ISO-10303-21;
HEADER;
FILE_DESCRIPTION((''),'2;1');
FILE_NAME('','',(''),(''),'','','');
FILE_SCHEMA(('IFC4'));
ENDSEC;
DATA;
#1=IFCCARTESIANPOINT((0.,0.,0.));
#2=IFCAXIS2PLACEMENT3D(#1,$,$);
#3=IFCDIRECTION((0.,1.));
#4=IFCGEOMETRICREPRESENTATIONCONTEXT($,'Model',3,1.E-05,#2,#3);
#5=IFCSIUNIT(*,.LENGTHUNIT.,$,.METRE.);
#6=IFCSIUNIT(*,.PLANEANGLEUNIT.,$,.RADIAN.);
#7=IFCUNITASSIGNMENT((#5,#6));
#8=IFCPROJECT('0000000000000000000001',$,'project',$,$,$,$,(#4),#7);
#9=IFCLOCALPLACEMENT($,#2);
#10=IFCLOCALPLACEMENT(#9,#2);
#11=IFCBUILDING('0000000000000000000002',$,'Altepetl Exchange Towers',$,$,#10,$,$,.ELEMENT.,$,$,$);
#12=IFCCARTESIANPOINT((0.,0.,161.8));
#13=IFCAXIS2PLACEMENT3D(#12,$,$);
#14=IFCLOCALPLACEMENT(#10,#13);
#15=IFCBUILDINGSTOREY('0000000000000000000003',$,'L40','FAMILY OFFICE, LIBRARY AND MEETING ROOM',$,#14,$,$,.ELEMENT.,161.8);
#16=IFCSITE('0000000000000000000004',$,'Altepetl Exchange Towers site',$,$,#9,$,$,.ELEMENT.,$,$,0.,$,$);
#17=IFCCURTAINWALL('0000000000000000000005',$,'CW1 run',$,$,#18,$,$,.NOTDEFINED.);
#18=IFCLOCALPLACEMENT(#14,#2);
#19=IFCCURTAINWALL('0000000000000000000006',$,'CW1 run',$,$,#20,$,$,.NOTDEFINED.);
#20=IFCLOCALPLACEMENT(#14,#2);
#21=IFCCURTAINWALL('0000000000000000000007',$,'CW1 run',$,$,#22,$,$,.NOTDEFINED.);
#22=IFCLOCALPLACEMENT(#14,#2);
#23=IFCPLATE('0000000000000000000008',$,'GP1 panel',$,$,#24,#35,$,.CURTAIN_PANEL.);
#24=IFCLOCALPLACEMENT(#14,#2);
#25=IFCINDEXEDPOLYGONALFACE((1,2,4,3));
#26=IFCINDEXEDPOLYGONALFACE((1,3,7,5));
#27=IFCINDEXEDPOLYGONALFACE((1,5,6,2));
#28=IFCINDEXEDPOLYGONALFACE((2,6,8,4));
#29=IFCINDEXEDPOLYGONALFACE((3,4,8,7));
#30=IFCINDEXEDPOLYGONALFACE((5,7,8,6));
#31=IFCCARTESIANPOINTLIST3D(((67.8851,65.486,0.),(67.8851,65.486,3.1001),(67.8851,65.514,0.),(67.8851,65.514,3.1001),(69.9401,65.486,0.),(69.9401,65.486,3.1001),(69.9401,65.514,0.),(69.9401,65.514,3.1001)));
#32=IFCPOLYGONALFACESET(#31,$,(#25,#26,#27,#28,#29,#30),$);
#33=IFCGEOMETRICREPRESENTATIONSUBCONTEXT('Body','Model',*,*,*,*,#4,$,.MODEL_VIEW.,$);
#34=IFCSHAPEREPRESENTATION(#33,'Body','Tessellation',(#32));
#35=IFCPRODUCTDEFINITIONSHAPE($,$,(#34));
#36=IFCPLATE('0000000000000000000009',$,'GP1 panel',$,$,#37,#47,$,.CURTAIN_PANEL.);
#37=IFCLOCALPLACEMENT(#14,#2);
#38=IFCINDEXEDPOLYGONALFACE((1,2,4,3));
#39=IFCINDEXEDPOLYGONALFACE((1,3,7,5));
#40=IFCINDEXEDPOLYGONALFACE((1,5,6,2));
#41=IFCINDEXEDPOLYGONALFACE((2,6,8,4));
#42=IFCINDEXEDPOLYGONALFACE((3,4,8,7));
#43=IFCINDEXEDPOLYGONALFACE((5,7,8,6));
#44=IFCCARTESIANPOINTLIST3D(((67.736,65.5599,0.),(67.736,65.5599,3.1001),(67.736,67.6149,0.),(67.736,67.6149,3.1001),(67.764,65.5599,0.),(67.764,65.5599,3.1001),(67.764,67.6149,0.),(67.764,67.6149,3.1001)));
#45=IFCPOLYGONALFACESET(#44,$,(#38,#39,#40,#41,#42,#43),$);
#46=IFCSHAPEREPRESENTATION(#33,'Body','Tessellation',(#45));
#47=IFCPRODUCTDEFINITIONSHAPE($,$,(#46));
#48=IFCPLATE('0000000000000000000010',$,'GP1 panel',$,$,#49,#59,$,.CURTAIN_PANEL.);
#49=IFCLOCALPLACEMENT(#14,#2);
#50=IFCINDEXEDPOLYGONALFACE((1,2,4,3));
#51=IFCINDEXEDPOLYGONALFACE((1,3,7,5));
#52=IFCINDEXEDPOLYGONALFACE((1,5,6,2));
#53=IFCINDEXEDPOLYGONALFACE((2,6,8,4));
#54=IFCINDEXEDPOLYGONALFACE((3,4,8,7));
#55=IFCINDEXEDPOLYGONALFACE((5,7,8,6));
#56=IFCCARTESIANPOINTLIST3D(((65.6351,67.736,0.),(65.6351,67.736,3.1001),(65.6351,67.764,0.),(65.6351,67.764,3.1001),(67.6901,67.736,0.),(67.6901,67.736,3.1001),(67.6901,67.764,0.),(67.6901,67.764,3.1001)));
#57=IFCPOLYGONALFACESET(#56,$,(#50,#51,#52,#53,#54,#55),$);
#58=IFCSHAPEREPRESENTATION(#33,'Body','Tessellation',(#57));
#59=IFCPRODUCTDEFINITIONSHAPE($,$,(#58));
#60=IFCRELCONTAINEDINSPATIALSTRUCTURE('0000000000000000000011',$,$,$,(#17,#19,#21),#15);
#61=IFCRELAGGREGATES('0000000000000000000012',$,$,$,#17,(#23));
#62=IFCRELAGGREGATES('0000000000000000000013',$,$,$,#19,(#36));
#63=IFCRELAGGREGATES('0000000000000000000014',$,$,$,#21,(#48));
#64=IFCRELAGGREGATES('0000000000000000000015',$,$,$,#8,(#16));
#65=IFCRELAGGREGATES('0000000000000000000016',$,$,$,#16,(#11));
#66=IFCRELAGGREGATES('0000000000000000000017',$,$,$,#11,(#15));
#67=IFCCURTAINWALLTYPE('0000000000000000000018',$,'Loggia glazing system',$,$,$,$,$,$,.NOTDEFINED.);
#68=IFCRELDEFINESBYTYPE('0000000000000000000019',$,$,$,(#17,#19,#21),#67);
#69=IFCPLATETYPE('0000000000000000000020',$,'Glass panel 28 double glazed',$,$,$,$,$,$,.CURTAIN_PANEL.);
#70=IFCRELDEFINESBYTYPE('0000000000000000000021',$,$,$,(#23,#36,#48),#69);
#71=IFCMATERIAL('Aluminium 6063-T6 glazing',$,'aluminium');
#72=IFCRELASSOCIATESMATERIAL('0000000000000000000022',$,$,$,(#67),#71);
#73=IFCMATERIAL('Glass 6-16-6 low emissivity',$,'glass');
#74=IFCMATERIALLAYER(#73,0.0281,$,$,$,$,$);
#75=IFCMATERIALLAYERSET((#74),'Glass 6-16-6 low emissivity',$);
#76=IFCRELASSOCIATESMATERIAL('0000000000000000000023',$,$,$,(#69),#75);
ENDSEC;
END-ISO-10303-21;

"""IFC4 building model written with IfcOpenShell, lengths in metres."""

from ifc_helpers import new_model, si_unit, direction, frame, origin, origin_2d, place, context, subcontext, project, spatial, rectangle, extrude, material, layer, layer_set, type_object, element, aggregate, save


model = new_model("IFC4")

# Units and contexts
model_context = context("Model", 3, precision=1e-05, world=origin(), true_north=direction((0.0, 1.0)))
body_context = subcontext(model_context, "Body", "Model", "MODEL_VIEW")
ifc_project = project(units=[si_unit("LENGTHUNIT", "METRE"), si_unit("PLANEANGLEUNIT", "RADIAN")], contexts=[model_context])

# Site, building, storey
site_placement = place(None, origin())
site = spatial("IfcSite", under=ifc_project, at=site_placement, Name="Altepetl Exchange Towers site", CompositionType="ELEMENT", RefElevation=0.0)
building_placement = place(site_placement, origin())
building = spatial("IfcBuilding", under=site, at=building_placement, Name="Altepetl Exchange Towers", CompositionType="ELEMENT")
storey_placement = place(building_placement, frame((0.0, 0.0, 161.8)))
storey = spatial("IfcBuildingStorey", under=building, at=storey_placement, Name="L40", Description="FAMILY OFFICE, LIBRARY AND MEETING ROOM", CompositionType="ELEMENT", Elevation=161.8)

# Curtain walls
ifc_material_1 = material(Name="Aluminium 6063-T6 glazing", Category="aluminium")
curtain_wall_type = type_object("IfcCurtainWallType", Name="Loggia glazing system", PredefinedType="NOTDEFINED", material=ifc_material_1)
curtain_wall_1_placement = place(storey_placement, origin())
curtain_wall_1 = element("IfcCurtainWall", 1, at=curtain_wall_1_placement, inside=storey, type_object=curtain_wall_type, Name="CW1 run", PredefinedType="NOTDEFINED")
curtain_wall_2_placement = place(storey_placement, origin())
curtain_wall_2 = element("IfcCurtainWall", 2, at=curtain_wall_2_placement, inside=storey, type_object=curtain_wall_type, Name="CW1 run", PredefinedType="NOTDEFINED")

# Curtain wall
curtain_wall_3_placement = place(storey_placement, origin())
curtain_wall_3 = element("IfcCurtainWall", 3, at=curtain_wall_3_placement, inside=storey, type_object=curtain_wall_type, Name="CW1 run", PredefinedType="NOTDEFINED")

# Plates
ifc_material_2 = material(Name="Glass 6-16-6 low emissivity", Category="glass")
ifc_layer = layer(ifc_material_2, 0.0281)
ifc_layer_set = layer_set([ifc_layer], Name="Glass 6-16-6 low emissivity")
plate_type = type_object("IfcPlateType", Name="Glass panel 28 double glazed", PredefinedType="CURTAIN_PANEL", material=ifc_layer_set)
plate_1_placement = place(storey_placement, frame((68.9126, 65.5, 0.0), z_axis=(0.0, 0.0, 1.0), x_axis=(-1.0, 0.0, 0.0)))
plate_1 = element("IfcPlate", 4, at=plate_1_placement, type_object=plate_type, Name="GP1 panel", PredefinedType="CURTAIN_PANEL", context=body_context, shape_type="SweptSolid", body=[
    extrude(rectangle(XDim=2.0549, YDim=0.0281, at=origin_2d()), origin(), (0.0, 0.0, 1.0), 3.1001),
])
aggregate(curtain_wall_1, [plate_1])
plate_2_placement = place(storey_placement, frame((67.75, 66.5874, 0.0), z_axis=(0.0, 0.0, 1.0), x_axis=(0.0, 1.0, 0.0)))
plate_2 = element("IfcPlate", 5, at=plate_2_placement, type_object=plate_type, Name="GP1 panel", PredefinedType="CURTAIN_PANEL", context=body_context, shape_type="SweptSolid", body=[
    extrude(rectangle(XDim=2.0549, YDim=0.0281, at=origin_2d()), origin(), (0.0, 0.0, 1.0), 3.1001),
])
aggregate(curtain_wall_2, [plate_2])
plate_3_placement = place(storey_placement, frame((66.6626, 67.75, 0.0), z_axis=(0.0, 0.0, 1.0), x_axis=(-1.0, 0.0, 0.0)))
plate_3 = element("IfcPlate", 6, at=plate_3_placement, type_object=plate_type, Name="GP1 panel", PredefinedType="CURTAIN_PANEL", context=body_context, shape_type="SweptSolid", body=[
    extrude(rectangle(XDim=2.0549, YDim=0.0281, at=origin_2d()), origin(), (0.0, 0.0, 1.0), 3.1001),
])
aggregate(curtain_wall_3, [plate_3])

save(model, "model.ifc")
